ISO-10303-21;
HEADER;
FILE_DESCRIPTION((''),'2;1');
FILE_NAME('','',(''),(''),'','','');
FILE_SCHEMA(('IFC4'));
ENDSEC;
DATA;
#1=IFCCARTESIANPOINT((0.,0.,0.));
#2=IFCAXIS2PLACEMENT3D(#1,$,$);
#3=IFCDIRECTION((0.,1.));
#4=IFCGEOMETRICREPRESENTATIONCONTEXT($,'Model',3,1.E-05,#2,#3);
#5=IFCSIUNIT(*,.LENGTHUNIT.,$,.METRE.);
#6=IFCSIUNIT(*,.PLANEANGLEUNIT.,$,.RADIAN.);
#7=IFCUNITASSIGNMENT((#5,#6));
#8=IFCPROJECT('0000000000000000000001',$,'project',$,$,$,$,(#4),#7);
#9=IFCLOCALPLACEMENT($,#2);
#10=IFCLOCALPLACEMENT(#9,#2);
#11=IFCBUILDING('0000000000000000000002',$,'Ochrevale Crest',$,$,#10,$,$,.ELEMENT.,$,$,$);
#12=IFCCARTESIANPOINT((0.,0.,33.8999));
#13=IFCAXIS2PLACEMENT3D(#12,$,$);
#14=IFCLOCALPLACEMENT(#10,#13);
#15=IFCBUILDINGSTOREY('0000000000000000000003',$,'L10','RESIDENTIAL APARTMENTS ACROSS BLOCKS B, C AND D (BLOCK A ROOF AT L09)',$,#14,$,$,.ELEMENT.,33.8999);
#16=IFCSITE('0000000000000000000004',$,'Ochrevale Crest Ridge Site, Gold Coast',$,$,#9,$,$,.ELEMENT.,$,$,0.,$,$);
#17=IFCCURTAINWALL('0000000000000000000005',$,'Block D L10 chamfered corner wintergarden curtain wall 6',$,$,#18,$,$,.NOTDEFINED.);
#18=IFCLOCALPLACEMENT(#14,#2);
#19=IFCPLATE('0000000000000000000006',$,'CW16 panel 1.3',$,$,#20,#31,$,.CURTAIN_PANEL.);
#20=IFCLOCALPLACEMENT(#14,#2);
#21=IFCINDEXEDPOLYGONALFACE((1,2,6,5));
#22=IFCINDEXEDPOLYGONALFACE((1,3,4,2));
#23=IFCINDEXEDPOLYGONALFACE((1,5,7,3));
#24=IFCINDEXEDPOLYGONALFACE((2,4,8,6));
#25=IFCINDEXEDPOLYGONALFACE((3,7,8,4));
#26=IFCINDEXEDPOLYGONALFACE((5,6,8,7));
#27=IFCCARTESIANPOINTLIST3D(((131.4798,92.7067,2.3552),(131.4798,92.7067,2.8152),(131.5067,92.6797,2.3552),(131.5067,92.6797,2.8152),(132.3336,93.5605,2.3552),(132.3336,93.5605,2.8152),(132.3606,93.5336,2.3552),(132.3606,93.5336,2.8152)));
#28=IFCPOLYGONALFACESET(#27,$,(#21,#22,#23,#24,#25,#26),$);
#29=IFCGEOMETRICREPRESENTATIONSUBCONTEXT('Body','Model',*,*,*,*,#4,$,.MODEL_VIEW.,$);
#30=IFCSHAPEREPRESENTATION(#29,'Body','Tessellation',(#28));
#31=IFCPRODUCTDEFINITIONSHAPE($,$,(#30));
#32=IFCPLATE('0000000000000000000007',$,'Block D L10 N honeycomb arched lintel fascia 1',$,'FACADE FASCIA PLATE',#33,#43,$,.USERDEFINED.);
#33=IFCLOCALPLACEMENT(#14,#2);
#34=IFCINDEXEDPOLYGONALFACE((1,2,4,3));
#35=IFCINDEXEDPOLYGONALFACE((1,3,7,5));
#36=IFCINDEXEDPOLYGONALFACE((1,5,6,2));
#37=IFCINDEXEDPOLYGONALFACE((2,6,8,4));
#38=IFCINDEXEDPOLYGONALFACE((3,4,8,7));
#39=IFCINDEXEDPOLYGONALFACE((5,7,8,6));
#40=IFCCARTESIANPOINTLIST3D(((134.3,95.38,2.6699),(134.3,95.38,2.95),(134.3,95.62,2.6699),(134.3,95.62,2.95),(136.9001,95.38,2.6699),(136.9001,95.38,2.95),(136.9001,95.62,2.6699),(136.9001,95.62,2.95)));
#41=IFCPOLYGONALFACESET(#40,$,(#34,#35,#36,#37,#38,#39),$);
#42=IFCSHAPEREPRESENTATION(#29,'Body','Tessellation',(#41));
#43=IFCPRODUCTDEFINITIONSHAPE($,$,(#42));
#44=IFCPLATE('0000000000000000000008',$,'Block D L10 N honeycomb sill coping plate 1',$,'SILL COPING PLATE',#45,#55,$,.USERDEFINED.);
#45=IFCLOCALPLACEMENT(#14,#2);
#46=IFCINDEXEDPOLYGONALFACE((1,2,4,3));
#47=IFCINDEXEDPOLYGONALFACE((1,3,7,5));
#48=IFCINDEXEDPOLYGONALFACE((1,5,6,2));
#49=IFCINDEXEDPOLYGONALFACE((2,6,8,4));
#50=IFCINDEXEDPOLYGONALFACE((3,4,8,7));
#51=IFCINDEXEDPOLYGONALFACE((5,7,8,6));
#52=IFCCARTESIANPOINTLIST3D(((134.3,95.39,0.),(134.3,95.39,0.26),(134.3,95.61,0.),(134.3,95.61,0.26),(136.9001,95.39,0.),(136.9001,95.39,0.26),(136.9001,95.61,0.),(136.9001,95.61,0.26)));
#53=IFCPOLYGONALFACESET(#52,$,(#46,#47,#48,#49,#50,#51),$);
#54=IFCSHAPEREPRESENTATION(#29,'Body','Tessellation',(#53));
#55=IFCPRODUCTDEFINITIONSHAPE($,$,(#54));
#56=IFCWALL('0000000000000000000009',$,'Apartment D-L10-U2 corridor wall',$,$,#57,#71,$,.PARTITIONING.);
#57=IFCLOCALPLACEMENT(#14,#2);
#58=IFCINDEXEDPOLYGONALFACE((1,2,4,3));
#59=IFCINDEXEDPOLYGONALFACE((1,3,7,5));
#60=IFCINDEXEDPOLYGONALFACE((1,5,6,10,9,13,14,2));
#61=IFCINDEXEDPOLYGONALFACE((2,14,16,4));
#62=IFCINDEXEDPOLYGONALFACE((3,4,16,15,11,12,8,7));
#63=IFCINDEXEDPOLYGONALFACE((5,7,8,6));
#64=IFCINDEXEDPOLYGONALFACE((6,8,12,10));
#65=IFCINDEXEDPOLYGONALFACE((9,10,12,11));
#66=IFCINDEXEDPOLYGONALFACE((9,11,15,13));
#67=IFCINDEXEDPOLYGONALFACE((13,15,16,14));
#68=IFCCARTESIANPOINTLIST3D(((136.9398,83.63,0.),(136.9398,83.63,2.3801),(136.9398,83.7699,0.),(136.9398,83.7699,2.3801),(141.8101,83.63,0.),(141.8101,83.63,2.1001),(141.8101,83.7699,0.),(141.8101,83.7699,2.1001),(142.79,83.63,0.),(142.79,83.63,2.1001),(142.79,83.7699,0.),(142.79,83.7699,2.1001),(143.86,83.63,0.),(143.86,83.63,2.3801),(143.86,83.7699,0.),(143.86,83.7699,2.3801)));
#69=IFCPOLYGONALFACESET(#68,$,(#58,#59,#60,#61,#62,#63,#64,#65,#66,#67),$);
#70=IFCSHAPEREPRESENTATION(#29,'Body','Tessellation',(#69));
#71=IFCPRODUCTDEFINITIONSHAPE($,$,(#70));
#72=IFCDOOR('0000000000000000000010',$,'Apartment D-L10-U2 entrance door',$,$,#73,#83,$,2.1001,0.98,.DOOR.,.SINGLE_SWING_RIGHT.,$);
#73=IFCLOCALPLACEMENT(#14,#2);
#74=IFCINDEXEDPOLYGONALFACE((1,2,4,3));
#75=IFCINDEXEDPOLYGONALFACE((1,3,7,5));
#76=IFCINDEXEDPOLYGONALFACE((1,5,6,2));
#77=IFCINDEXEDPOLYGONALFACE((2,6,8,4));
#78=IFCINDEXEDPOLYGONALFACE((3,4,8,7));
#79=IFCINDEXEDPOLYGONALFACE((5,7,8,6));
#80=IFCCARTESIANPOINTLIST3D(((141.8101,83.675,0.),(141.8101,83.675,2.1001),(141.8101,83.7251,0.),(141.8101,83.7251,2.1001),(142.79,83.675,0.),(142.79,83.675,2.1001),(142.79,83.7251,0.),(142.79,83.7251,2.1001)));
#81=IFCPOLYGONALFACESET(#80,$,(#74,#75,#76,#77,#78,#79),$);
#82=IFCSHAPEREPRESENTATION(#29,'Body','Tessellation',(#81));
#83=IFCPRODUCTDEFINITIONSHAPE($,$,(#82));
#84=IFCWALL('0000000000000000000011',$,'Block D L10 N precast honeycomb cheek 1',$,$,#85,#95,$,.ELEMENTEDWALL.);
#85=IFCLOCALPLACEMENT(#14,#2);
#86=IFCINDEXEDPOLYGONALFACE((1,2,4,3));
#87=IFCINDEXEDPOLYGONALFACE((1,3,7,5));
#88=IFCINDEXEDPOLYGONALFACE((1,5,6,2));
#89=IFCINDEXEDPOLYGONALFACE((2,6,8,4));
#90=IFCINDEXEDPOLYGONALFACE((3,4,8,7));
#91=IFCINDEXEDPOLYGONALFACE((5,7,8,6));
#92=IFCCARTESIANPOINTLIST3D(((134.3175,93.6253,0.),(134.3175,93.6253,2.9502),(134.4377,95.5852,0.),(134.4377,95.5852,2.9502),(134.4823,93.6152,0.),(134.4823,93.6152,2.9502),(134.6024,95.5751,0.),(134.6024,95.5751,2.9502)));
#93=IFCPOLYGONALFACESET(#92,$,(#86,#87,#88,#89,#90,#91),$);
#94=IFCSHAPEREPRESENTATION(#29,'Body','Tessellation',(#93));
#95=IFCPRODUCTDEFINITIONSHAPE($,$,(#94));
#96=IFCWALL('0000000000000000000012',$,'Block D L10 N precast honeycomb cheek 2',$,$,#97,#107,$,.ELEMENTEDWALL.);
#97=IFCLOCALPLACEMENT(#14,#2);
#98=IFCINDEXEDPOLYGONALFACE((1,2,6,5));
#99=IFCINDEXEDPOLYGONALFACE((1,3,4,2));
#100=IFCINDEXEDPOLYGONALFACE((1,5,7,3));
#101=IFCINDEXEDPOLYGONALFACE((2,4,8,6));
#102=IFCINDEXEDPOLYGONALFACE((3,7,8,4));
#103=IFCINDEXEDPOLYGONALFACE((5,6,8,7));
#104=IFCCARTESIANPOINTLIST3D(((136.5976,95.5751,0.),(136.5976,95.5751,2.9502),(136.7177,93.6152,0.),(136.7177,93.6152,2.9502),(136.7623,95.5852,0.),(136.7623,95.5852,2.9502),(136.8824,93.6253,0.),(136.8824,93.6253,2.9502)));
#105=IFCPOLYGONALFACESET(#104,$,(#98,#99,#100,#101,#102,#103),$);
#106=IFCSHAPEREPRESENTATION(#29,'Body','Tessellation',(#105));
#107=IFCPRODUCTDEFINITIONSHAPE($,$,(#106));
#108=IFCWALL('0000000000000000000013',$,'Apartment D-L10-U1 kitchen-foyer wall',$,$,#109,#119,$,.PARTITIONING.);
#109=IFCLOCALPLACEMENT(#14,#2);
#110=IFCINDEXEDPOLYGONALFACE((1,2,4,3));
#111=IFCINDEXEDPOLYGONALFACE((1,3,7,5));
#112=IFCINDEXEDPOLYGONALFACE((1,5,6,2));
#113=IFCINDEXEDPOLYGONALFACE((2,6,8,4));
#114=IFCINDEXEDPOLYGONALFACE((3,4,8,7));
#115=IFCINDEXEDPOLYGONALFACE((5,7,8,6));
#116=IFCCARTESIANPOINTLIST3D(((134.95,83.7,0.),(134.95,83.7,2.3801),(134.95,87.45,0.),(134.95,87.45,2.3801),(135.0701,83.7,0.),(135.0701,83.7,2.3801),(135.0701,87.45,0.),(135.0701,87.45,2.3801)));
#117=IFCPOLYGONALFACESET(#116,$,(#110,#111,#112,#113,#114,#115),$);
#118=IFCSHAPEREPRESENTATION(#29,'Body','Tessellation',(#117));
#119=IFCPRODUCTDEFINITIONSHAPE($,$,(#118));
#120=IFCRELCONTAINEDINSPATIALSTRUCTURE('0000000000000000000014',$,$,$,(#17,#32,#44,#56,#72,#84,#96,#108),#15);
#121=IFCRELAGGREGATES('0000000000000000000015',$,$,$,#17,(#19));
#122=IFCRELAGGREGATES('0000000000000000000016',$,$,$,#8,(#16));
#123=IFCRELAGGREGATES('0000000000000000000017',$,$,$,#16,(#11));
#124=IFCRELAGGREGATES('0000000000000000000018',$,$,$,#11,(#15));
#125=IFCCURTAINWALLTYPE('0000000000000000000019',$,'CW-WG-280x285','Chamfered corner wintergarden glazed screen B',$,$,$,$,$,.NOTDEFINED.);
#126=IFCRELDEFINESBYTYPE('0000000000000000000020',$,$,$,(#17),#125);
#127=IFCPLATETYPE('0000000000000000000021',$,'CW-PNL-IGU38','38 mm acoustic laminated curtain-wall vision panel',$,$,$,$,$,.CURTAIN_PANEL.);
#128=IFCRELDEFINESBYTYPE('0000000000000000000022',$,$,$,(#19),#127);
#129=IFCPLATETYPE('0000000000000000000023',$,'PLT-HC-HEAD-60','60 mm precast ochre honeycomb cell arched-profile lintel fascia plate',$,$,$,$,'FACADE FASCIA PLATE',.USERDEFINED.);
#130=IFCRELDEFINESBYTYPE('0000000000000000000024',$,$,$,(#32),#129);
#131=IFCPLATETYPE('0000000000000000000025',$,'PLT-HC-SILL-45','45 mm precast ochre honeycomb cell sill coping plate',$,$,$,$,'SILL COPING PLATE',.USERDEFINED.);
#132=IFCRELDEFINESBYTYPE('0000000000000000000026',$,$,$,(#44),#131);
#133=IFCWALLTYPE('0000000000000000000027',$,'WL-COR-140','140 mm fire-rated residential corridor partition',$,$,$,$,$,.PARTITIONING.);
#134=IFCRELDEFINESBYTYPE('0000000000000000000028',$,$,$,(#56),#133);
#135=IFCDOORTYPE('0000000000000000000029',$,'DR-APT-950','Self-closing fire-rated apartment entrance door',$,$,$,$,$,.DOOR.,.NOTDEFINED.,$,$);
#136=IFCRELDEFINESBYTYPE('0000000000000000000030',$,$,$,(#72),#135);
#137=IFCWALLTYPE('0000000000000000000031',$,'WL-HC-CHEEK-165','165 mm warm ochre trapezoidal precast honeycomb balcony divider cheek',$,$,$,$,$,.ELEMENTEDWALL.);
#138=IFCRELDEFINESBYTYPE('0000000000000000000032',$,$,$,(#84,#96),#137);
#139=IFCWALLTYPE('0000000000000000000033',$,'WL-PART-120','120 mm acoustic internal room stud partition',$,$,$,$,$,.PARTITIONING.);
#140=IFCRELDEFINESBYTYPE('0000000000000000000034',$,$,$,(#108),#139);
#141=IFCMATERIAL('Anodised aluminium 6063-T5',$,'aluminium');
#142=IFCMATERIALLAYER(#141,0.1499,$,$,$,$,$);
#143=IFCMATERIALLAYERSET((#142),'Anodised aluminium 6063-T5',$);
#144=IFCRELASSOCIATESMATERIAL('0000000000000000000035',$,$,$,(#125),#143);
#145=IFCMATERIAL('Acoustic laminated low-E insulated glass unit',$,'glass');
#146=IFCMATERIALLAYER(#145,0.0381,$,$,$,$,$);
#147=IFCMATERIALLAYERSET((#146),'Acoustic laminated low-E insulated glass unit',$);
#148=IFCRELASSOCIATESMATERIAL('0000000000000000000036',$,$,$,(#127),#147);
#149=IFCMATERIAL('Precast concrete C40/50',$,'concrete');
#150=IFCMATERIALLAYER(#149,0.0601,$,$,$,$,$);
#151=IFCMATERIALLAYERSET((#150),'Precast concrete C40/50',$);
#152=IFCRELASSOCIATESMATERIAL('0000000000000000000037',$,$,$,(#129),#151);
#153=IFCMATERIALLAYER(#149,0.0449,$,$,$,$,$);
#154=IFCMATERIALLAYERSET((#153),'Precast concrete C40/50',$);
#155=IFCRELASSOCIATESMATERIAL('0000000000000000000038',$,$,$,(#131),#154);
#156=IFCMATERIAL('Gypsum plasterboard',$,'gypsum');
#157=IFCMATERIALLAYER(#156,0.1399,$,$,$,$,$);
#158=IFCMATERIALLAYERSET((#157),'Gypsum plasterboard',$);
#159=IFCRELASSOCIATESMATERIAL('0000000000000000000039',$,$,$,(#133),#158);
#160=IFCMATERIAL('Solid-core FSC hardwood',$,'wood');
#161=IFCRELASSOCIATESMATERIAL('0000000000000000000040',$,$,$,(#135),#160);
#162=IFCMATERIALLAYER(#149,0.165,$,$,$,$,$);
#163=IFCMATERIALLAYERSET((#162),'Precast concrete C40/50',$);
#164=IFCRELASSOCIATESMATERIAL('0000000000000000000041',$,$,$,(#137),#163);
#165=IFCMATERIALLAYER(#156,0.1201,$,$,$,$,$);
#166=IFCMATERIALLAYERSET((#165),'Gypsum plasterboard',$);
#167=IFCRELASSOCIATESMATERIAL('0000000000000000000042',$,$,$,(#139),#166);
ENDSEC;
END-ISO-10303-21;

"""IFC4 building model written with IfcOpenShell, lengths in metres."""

from ifc_helpers import new_model, si_unit, direction, frame, frame_2d, origin, origin_2d, place, context, subcontext, project, spatial, rectangle, extrude, material, layer, layer_set, type_object, element, fill, aggregate, save


model = new_model("IFC4")

# Units and contexts
model_context = context("Model", 3, precision=1e-05, world=origin(), true_north=direction((0.0, 1.0)))
body_context = subcontext(model_context, "Body", "Model", "MODEL_VIEW")
ifc_project = project(units=[si_unit("LENGTHUNIT", "METRE"), si_unit("PLANEANGLEUNIT", "RADIAN")], contexts=[model_context])

# Site, building, storey
site_placement = place(None, origin())
site = spatial("IfcSite", under=ifc_project, at=site_placement, Name="Ochrevale Crest Ridge Site, Gold Coast", CompositionType="ELEMENT", RefElevation=0.0)
building_placement = place(site_placement, origin())
building = spatial("IfcBuilding", under=site, at=building_placement, Name="Ochrevale Crest", CompositionType="ELEMENT")
storey_placement = place(building_placement, frame((0.0, 0.0, 33.8999)))
storey = spatial("IfcBuildingStorey", under=building, at=storey_placement, Name="L10", Description="RESIDENTIAL APARTMENTS ACROSS BLOCKS B, C AND D (BLOCK A ROOF AT L09)", CompositionType="ELEMENT", Elevation=33.8999)

# Shared definitions
ifc_material_1 = material(Name="Precast concrete C40/50", Category="concrete")

# Curtain wall, plate
ifc_material_2 = material(Name="Anodised aluminium 6063-T5", Category="aluminium")
ifc_layer_1 = layer(ifc_material_2, 0.1499)
ifc_layer_set_1 = layer_set([ifc_layer_1], Name="Anodised aluminium 6063-T5")
curtain_wall_type = type_object("IfcCurtainWallType", Name="CW-WG-280x285", Description="Chamfered corner wintergarden glazed screen B", PredefinedType="NOTDEFINED", material=ifc_layer_set_1)
curtain_wall_placement = place(storey_placement, origin())
curtain_wall = element("IfcCurtainWall", 1, at=curtain_wall_placement, inside=storey, type_object=curtain_wall_type, Name="Block D L10 chamfered corner wintergarden curtain wall 6", PredefinedType="NOTDEFINED")
ifc_material_3 = material(Name="Acoustic laminated low-E insulated glass unit", Category="glass")
ifc_layer_2 = layer(ifc_material_3, 0.0381)
ifc_layer_set_2 = layer_set([ifc_layer_2], Name="Acoustic laminated low-E insulated glass unit")
plate_type_1 = type_object("IfcPlateType", Name="CW-PNL-IGU38", Description="38 mm acoustic laminated curtain-wall vision panel", PredefinedType="CURTAIN_PANEL", material=ifc_layer_set_2)
plate_1_placement = place(storey_placement, frame((131.9202, 93.1201, 2.3552), z_axis=(0.0, 0.0, 1.0), x_axis=(-0.707107, -0.707107, 0.0)))
plate_1 = element("IfcPlate", 2, at=plate_1_placement, type_object=plate_type_1, Name="CW16 panel 1.3", PredefinedType="CURTAIN_PANEL", context=body_context, shape_type="SweptSolid", body=[
    extrude(rectangle(XDim=1.2075, YDim=0.0381, at=origin_2d()), origin(), (0.0, 0.0, 1.0), 0.46),
])
aggregate(curtain_wall, [plate_1])

# Plates
ifc_layer_3 = layer(ifc_material_1, 0.0601)
ifc_layer_set_3 = layer_set([ifc_layer_3], Name="Precast concrete C40/50")
plate_type_2 = type_object("IfcPlateType", Name="PLT-HC-HEAD-60", Description="60 mm precast ochre honeycomb cell arched-profile lintel fascia plate", ElementType="FACADE FASCIA PLATE", PredefinedType="USERDEFINED", material=ifc_layer_set_3)
plate_2_placement = place(storey_placement, frame((135.6001, 95.5, 2.6699), z_axis=(0.0, 0.0, 1.0), x_axis=(1.0, 0.0, 0.0)))
element("IfcPlate", 3, at=plate_2_placement, inside=storey, type_object=plate_type_2, Name="Block D L10 N honeycomb arched lintel fascia 1", ObjectType="FACADE FASCIA PLATE", PredefinedType="USERDEFINED", context=body_context, shape_type="SweptSolid", body=[
    extrude(rectangle(XDim=2.6001, YDim=0.24, at=origin_2d()), origin(), (0.0, 0.0, 1.0), 0.28),
])
ifc_layer_4 = layer(ifc_material_1, 0.0449)
ifc_layer_set_4 = layer_set([ifc_layer_4], Name="Precast concrete C40/50")
plate_type_3 = type_object("IfcPlateType", Name="PLT-HC-SILL-45", Description="45 mm precast ochre honeycomb cell sill coping plate", ElementType="SILL COPING PLATE", PredefinedType="USERDEFINED", material=ifc_layer_set_4)
plate_3_placement = place(storey_placement, frame((135.6001, 95.5, 0.0), z_axis=(0.0, 0.0, 1.0), x_axis=(1.0, 0.0, 0.0)))
element("IfcPlate", 4, at=plate_3_placement, inside=storey, type_object=plate_type_3, Name="Block D L10 N honeycomb sill coping plate 1", ObjectType="SILL COPING PLATE", PredefinedType="USERDEFINED", context=body_context, shape_type="SweptSolid", body=[
    extrude(rectangle(XDim=2.6001, YDim=0.22, at=origin_2d()), origin(), (0.0, 0.0, 1.0), 0.26),
])

# Wall, opening, door
ifc_material_4 = material(Name="Gypsum plasterboard", Category="gypsum")
ifc_layer_5 = layer(ifc_material_4, 0.1399)
ifc_layer_set_5 = layer_set([ifc_layer_5], Name="Gypsum plasterboard")
wall_type_1 = type_object("IfcWallType", Name="WL-COR-140", Description="140 mm fire-rated residential corridor partition", PredefinedType="PARTITIONING", material=ifc_layer_set_5)
wall_1_placement = place(storey_placement, frame((136.9399, 83.7, 0.0), z_axis=(0.0, 0.0, 1.0), x_axis=(1.0, 0.0, 0.0)))
wall_1 = element("IfcWall", 5, at=wall_1_placement, inside=storey, type_object=wall_type_1, Name="Apartment D-L10-U2 corridor wall", PredefinedType="PARTITIONING", context=body_context, shape_type="SweptSolid", body=[
    extrude(rectangle(XDim=6.9202, YDim=0.1399, at=frame_2d((3.46, 0.0))), origin(), (0.0, 0.0, 1.0), 2.3801),
])
opening_1_placement = place(wall_1_placement, frame((5.8501, 0.0, 0.0), z_axis=(0.0, 0.0, 1.0), x_axis=(-1.0, 0.0, 0.0)))
opening_1 = element("IfcOpeningElement", 6, at=opening_1_placement, cuts=wall_1, PredefinedType="OPENING", context=body_context, shape_type="SweptSolid", body=[
    extrude(rectangle(XDim=0.98, YDim=2.1001, at=frame_2d((0.49, 1.05))), frame((0.0, 0.0801, 0.0), z_axis=(0.0, -1.0, 0.0), x_axis=(1.0, 0.0, 0.0)), (0.0, 0.0, 1.0), 0.1599),
])
ifc_material_5 = material(Name="Solid-core FSC hardwood", Category="wood")
door_type_1 = type_object("IfcDoorType", Name="DR-APT-950", Description="Self-closing fire-rated apartment entrance door", OperationType="NOTDEFINED", PredefinedType="DOOR", material=ifc_material_5)
door_1_placement = place(opening_1_placement, origin())
door_1 = element("IfcDoor", 7, at=door_1_placement, inside=storey, type_object=door_type_1, Name="Apartment D-L10-U2 entrance door", OperationType="SINGLE_SWING_RIGHT", OverallHeight=2.1001, OverallWidth=0.98, PredefinedType="DOOR", context=body_context, shape_type="SweptSolid", body=[
    extrude(rectangle(XDim=0.98, YDim=2.1001, at=frame_2d((0.49, 1.05))), frame((0.0, 0.0249, 0.0), z_axis=(0.0, -1.0, 0.0), x_axis=(1.0, 0.0, 0.0)), (0.0, 0.0, 1.0), 0.05),
])
fill(opening_1, door_1)

# Walls
ifc_layer_6 = layer(ifc_material_1, 0.165)
ifc_layer_set_6 = layer_set([ifc_layer_6], Name="Precast concrete C40/50")
wall_type_2 = type_object("IfcWallType", Name="WL-HC-CHEEK-165", Description="165 mm warm ochre trapezoidal precast honeycomb balcony divider cheek", PredefinedType="ELEMENTEDWALL", material=ifc_layer_set_6)
for number, where, z_axis, x_axis, name in (
    (8, (134.3999, 93.6201, 0.0), (0.0, 0.0, 1.0), (0.061171, 0.998127, 0.0), "Block D L10 N precast honeycomb cheek 1"),
    (9, (136.8, 93.6201, 0.0), (0.0, 0.0, 1.0), (-0.061171, 0.998127, 0.0), "Block D L10 N precast honeycomb cheek 2"),
):
    element("IfcWall", number, at=place(storey_placement, frame(where, z_axis=z_axis, x_axis=x_axis)), inside=storey, type_object=wall_type_2, Name=name, PredefinedType="ELEMENTEDWALL", context=body_context, shape_type="SweptSolid", body=[
        extrude(rectangle(XDim=1.9636, YDim=0.165, at=frame_2d((0.9819, 0.0))), origin(), (0.0, 0.0, 1.0), 2.9502),
    ])
ifc_layer_7 = layer(ifc_material_4, 0.1201)
ifc_layer_set_7 = layer_set([ifc_layer_7], Name="Gypsum plasterboard")
wall_type_3 = type_object("IfcWallType", Name="WL-PART-120", Description="120 mm acoustic internal room stud partition", PredefinedType="PARTITIONING", material=ifc_layer_set_7)
wall_2_placement = place(storey_placement, frame((135.01, 83.7, 0.0), z_axis=(0.0, 0.0, 1.0), x_axis=(0.0, 1.0, 0.0)))
element("IfcWall", 10, at=wall_2_placement, inside=storey, type_object=wall_type_3, Name="Apartment D-L10-U1 kitchen-foyer wall", PredefinedType="PARTITIONING", context=body_context, shape_type="SweptSolid", body=[
    extrude(rectangle(XDim=3.75, YDim=0.1201, at=frame_2d((1.875, 0.0))), origin(), (0.0, 0.0, 1.0), 2.3801),
])

save(model, "model.ifc")
